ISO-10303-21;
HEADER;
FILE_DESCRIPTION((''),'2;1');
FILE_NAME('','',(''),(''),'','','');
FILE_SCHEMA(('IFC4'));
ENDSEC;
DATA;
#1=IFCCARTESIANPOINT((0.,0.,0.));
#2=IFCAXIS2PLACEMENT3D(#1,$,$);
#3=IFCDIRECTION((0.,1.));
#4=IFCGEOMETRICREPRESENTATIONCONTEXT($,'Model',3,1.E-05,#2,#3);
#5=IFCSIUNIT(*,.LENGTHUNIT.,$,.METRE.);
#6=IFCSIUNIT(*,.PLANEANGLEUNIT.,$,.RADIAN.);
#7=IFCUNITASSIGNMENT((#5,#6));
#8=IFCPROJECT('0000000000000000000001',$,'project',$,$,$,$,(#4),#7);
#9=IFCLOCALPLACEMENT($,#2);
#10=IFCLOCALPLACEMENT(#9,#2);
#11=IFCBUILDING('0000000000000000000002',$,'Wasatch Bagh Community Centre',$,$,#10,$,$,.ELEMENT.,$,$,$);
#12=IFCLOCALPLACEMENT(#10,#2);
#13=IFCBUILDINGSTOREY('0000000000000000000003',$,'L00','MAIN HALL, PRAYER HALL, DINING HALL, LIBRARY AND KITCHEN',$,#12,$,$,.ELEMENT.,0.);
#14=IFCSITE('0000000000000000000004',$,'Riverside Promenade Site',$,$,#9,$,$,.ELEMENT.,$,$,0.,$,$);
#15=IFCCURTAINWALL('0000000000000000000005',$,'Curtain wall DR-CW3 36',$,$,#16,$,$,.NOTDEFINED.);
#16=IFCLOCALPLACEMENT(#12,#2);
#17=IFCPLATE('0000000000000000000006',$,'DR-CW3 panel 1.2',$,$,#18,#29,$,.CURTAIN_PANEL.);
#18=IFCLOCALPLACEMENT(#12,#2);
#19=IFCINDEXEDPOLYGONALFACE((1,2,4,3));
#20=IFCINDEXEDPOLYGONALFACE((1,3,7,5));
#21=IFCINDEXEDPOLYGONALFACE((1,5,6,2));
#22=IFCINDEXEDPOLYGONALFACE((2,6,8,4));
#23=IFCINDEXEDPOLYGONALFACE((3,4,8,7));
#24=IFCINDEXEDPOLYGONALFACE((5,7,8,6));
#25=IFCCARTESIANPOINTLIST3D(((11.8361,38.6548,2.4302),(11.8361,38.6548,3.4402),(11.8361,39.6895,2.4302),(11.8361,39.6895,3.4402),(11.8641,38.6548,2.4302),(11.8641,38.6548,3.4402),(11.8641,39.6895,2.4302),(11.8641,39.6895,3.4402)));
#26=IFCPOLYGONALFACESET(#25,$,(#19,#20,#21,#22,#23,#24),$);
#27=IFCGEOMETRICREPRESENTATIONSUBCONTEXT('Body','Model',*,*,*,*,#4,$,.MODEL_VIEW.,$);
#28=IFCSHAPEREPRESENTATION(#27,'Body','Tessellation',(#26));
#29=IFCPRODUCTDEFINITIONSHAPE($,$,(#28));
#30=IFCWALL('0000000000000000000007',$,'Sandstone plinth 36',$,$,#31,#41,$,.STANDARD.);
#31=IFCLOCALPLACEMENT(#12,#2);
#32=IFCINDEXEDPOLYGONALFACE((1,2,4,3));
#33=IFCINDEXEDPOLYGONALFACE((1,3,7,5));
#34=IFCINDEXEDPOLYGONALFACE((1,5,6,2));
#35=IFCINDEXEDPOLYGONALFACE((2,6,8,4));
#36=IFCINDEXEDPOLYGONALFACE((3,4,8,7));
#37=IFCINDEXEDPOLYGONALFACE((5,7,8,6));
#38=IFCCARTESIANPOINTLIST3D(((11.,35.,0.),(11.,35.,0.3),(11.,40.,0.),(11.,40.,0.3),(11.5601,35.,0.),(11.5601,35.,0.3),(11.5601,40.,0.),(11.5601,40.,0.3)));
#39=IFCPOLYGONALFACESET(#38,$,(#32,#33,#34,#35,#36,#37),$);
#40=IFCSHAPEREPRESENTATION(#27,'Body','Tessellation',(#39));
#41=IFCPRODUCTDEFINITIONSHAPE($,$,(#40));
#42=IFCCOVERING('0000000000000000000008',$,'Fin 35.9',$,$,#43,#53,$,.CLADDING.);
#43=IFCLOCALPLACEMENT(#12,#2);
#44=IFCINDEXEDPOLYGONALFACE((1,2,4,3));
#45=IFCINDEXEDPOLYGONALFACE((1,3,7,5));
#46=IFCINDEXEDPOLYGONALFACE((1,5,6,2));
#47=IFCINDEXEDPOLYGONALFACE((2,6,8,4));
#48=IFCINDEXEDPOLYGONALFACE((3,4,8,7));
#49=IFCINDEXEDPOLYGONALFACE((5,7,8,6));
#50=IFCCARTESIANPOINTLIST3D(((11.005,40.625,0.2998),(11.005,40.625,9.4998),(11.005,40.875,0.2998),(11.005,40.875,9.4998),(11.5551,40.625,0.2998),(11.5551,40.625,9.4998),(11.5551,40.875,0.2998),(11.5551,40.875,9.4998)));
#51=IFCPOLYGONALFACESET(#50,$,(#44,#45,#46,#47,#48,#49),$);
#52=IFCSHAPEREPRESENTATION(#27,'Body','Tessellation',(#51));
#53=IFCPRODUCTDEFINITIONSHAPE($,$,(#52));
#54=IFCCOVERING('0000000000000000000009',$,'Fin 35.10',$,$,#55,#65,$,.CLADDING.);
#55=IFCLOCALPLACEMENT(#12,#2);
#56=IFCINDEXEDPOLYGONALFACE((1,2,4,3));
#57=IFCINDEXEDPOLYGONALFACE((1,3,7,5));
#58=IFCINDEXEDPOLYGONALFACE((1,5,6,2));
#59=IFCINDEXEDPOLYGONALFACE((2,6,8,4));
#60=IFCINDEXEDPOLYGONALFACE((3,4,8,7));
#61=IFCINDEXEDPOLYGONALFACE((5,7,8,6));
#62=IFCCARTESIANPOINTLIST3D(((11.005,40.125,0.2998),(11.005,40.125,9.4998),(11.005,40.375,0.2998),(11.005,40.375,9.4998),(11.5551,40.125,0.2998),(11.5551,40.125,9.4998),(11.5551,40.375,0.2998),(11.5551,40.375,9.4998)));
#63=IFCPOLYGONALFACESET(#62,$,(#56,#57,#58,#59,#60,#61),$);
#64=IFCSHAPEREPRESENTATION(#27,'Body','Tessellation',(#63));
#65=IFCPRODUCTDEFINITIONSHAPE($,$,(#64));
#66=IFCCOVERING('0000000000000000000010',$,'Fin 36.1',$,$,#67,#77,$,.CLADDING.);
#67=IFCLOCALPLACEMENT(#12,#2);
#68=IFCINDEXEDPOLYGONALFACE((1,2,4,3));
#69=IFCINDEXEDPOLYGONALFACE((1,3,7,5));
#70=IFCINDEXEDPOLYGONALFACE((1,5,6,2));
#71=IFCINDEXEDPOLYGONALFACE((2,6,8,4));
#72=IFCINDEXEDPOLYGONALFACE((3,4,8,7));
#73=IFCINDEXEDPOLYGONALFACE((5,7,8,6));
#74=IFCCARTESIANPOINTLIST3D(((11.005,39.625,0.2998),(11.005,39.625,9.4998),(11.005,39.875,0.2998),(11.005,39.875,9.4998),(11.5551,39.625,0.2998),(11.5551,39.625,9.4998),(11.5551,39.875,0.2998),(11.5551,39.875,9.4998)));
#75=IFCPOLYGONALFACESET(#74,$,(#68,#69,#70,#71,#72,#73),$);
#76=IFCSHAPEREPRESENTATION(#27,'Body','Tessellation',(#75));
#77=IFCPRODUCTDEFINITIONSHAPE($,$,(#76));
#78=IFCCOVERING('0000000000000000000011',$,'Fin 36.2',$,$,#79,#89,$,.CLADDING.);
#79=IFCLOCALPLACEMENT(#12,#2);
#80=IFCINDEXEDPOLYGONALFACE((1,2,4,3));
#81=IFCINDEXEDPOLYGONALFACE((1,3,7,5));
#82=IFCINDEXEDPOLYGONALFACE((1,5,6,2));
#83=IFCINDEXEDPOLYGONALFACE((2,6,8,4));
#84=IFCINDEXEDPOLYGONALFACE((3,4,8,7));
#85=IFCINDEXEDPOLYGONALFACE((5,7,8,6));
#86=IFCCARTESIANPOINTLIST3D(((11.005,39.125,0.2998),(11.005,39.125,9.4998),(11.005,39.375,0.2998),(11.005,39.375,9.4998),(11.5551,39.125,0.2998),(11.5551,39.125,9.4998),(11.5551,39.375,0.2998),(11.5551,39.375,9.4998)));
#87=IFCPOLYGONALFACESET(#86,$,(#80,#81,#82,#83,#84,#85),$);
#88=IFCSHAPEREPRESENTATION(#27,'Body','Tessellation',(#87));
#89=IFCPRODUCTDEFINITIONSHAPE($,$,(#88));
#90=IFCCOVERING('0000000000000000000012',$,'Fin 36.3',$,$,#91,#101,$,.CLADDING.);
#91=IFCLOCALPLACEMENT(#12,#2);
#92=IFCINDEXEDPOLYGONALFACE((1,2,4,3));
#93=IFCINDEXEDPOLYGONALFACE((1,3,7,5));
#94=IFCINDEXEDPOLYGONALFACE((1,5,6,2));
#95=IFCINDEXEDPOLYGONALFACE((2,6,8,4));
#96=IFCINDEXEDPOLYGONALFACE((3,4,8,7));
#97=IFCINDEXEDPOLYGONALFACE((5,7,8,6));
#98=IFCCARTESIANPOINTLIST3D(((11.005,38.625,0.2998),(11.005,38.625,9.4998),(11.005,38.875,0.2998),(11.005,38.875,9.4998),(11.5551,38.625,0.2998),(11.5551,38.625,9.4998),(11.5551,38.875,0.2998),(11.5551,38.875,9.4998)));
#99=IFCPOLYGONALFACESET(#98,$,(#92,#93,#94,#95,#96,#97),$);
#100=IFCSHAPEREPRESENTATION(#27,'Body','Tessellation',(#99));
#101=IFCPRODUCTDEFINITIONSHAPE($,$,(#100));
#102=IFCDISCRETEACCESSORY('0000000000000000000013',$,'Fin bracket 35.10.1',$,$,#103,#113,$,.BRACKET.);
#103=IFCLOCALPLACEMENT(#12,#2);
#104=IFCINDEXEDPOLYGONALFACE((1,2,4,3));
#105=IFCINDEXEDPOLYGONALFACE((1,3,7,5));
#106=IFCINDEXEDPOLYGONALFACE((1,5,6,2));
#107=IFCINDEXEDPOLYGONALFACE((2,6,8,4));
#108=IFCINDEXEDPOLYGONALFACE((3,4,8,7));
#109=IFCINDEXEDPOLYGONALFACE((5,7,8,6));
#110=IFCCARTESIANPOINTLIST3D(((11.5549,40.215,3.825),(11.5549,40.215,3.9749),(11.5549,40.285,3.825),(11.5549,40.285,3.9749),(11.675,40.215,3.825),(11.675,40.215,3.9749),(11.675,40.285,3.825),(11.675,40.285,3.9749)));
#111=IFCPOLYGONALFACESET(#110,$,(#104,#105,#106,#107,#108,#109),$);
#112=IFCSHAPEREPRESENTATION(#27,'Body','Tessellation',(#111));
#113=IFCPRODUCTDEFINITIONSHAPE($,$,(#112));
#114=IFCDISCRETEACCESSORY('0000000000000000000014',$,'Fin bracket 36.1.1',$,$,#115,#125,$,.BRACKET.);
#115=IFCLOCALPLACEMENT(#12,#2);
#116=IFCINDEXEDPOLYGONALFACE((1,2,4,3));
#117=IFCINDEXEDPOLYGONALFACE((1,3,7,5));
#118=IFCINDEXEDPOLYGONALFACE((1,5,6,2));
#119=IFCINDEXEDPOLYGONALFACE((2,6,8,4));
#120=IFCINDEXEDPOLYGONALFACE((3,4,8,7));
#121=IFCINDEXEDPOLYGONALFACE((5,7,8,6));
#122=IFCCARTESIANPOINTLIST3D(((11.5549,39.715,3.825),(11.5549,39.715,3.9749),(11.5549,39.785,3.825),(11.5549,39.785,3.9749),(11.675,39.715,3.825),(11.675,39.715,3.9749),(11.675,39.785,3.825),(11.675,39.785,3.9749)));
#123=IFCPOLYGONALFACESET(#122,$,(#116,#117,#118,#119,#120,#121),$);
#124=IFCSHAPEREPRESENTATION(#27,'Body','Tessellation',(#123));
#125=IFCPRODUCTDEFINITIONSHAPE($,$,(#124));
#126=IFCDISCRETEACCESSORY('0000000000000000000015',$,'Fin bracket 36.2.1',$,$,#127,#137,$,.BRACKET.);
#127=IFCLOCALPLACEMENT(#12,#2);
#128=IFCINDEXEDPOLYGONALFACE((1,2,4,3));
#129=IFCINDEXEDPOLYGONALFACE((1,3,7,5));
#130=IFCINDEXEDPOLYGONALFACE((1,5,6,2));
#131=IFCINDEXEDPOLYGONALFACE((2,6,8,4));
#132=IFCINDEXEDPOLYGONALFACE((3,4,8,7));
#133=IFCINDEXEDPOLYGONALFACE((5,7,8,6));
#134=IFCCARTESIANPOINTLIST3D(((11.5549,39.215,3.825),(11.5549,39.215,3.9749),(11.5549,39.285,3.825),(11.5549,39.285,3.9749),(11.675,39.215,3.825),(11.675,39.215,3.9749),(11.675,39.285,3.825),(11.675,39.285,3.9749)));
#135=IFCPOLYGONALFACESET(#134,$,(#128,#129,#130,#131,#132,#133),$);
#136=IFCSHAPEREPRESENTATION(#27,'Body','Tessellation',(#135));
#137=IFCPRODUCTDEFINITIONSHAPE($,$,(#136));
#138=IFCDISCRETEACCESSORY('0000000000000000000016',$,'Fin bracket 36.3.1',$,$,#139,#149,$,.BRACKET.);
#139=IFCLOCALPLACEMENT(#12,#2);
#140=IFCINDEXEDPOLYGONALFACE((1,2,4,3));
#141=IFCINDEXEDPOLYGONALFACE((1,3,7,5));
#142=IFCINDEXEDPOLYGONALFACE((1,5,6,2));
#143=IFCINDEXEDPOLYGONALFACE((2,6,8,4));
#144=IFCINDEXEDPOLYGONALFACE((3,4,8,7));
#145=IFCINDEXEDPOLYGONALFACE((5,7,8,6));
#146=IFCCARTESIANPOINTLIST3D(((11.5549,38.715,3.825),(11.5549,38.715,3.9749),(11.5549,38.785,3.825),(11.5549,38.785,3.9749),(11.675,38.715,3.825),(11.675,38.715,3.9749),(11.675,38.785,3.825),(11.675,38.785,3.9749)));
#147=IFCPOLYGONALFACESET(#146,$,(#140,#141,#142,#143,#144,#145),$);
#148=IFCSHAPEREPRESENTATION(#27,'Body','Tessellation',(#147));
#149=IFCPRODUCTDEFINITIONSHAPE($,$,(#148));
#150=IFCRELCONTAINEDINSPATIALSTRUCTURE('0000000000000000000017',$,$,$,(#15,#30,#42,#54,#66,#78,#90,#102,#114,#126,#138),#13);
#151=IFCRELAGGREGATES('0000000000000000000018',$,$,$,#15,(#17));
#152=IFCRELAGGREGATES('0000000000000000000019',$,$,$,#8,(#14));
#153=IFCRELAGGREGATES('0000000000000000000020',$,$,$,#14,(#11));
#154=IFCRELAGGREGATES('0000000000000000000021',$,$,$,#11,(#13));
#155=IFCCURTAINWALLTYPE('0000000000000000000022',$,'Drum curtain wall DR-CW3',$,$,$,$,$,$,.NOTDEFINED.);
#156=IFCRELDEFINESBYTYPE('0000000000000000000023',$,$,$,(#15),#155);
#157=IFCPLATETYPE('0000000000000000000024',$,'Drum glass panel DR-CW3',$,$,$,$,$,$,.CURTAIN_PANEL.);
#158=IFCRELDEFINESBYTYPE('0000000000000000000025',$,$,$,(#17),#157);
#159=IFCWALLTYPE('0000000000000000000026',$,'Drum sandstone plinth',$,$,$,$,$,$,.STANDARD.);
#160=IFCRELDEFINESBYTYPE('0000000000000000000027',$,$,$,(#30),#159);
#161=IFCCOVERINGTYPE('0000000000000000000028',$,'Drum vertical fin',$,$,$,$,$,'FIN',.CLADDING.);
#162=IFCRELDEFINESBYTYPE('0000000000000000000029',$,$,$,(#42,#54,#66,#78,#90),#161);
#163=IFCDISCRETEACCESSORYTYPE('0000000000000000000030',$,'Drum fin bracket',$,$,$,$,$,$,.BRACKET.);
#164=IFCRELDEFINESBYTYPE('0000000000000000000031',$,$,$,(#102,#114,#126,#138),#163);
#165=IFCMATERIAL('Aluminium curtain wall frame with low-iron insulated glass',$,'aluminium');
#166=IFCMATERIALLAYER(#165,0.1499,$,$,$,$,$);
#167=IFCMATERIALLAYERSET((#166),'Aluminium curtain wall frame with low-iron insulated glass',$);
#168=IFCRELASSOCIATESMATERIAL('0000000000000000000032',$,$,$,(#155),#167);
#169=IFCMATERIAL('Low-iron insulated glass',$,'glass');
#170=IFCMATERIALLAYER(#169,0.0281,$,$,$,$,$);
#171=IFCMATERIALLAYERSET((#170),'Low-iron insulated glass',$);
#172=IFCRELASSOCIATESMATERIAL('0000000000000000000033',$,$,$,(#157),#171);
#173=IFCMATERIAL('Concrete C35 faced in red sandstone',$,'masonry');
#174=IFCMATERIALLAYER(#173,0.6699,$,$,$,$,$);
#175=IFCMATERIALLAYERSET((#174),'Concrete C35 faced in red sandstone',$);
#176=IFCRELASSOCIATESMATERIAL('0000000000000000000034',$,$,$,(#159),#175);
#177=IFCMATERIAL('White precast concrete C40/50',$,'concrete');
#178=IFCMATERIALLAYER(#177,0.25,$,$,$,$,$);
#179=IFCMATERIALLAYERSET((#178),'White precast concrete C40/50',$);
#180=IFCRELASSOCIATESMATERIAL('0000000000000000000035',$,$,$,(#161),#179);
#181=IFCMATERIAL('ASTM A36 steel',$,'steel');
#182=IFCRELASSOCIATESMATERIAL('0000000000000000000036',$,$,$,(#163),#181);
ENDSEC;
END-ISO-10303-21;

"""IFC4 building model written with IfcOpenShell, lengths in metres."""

from ifc_helpers import new_model, si_unit, direction, frame, frame_2d, origin, origin_2d, place, context, subcontext, project, spatial, rectangle, extrude, material, layer, layer_set, type_object, element, aggregate, save


model = new_model("IFC4")

# Units and contexts
model_context = context("Model", 3, precision=1e-05, world=origin(), true_north=direction((0.0, 1.0)))
body_context = subcontext(model_context, "Body", "Model", "MODEL_VIEW")
ifc_project = project(units=[si_unit("LENGTHUNIT", "METRE"), si_unit("PLANEANGLEUNIT", "RADIAN")], contexts=[model_context])

# Site, building, storey
site_placement = place(None, origin())
site = spatial("IfcSite", under=ifc_project, at=site_placement, Name="Riverside Promenade Site", CompositionType="ELEMENT", RefElevation=0.0)
building_placement = place(site_placement, origin())
building = spatial("IfcBuilding", under=site, at=building_placement, Name="Wasatch Bagh Community Centre", CompositionType="ELEMENT")
storey_placement = place(building_placement, origin())
storey = spatial("IfcBuildingStorey", under=building, at=storey_placement, Name="L00", Description="MAIN HALL, PRAYER HALL, DINING HALL, LIBRARY AND KITCHEN", CompositionType="ELEMENT", Elevation=0.0)

# Curtain wall
ifc_material_1 = material(Name="Aluminium curtain wall frame with low-iron insulated glass", Category="aluminium")
ifc_layer_1 = layer(ifc_material_1, 0.1499)
ifc_layer_set_1 = layer_set([ifc_layer_1], Name="Aluminium curtain wall frame with low-iron insulated glass")
curtain_wall_type = type_object("IfcCurtainWallType", Name="Drum curtain wall DR-CW3", PredefinedType="NOTDEFINED", material=ifc_layer_set_1)
curtain_wall_1_placement = place(storey_placement, origin())
curtain_wall_1 = element("IfcCurtainWall", 1, at=curtain_wall_1_placement, inside=storey, type_object=curtain_wall_type, Name="Curtain wall DR-CW3 36", PredefinedType="NOTDEFINED")

# Plate
ifc_material_2 = material(Name="Low-iron insulated glass", Category="glass")
ifc_layer_2 = layer(ifc_material_2, 0.0281)
ifc_layer_set_2 = layer_set([ifc_layer_2], Name="Low-iron insulated glass")
plate_type = type_object("IfcPlateType", Name="Drum glass panel DR-CW3", PredefinedType="CURTAIN_PANEL", material=ifc_layer_set_2)
plate_1_placement = place(storey_placement, frame((11.8501, 39.1721, 2.4302), z_axis=(0.0, 0.0, 1.0), x_axis=(0.0, -1.0, 0.0)))
plate_1 = element("IfcPlate", 2, at=plate_1_placement, type_object=plate_type, Name="DR-CW3 panel 1.2", PredefinedType="CURTAIN_PANEL", context=body_context, shape_type="SweptSolid", body=[
    extrude(rectangle(XDim=1.0347, YDim=0.0281, at=origin_2d()), origin(), (0.0, 0.0, 1.0), 1.01),
])
aggregate(curtain_wall_1, [plate_1])

# Wall
ifc_material_3 = material(Name="Concrete C35 faced in red sandstone", Category="masonry")
ifc_layer_3 = layer(ifc_material_3, 0.6699)
ifc_layer_set_3 = layer_set([ifc_layer_3], Name="Concrete C35 faced in red sandstone")
wall_type = type_object("IfcWallType", Name="Drum sandstone plinth", PredefinedType="STANDARD", material=ifc_layer_set_3)
wall_placement = place(storey_placement, frame((11.28, 40.0, 0.0), z_axis=(0.0, 0.0, 1.0), x_axis=(0.0, -1.0, 0.0)))
element("IfcWall", 3, at=wall_placement, inside=storey, type_object=wall_type, Name="Sandstone plinth 36", PredefinedType="STANDARD", context=body_context, shape_type="SweptSolid", body=[
    extrude(rectangle(XDim=5.0, YDim=0.5601, at=frame_2d((2.5, 0.0))), origin(), (0.0, 0.0, 1.0), 0.3),
])

# Coverings
ifc_material_4 = material(Name="White precast concrete C40/50", Category="concrete")
ifc_layer_4 = layer(ifc_material_4, 0.25)
ifc_layer_set_4 = layer_set([ifc_layer_4], Name="White precast concrete C40/50")
covering_type = type_object("IfcCoveringType", Name="Drum vertical fin", ElementType="FIN", PredefinedType="CLADDING", material=ifc_layer_set_4)
for number, where, z_axis, x_axis, name in (
    (4, (11.28, 40.75, 0.2998), (0.0, 0.0, 1.0), (0.0, -1.0, 0.0), "Fin 35.9"),
    (5, (11.28, 40.25, 0.2998), (0.0, 0.0, 1.0), (0.0, -1.0, 0.0), "Fin 35.10"),
    (6, (11.28, 39.75, 0.2998), (0.0, 0.0, 1.0), (0.0, -1.0, 0.0), "Fin 36.1"),
    (7, (11.28, 39.25, 0.2998), (0.0, 0.0, 1.0), (0.0, -1.0, 0.0), "Fin 36.2"),
    (8, (11.28, 38.75, 0.2998), (0.0, 0.0, 1.0), (0.0, -1.0, 0.0), "Fin 36.3"),
):
    element("IfcCovering", number, at=place(storey_placement, frame(where, z_axis=z_axis, x_axis=x_axis)), inside=storey, type_object=covering_type, Name=name, PredefinedType="CLADDING", context=body_context, shape_type="SweptSolid", body=[
        extrude(rectangle(XDim=0.25, YDim=0.55, at=origin_2d()), origin(), (0.0, 0.0, 1.0), 9.2),
    ])

# Discrete accessories
ifc_material_5 = material(Name="ASTM A36 steel", Category="steel")
discrete_accessory_type = type_object("IfcDiscreteAccessoryType", Name="Drum fin bracket", PredefinedType="BRACKET", material=ifc_material_5)
for number, where, z_axis, x_axis, name in (
    (9, (11.615, 40.25, 3.825), (0.0, 0.0, 1.0), (0.0, -1.0, 0.0), "Fin bracket 35.10.1"),
    (10, (11.615, 39.75, 3.825), (0.0, 0.0, 1.0), (0.0, -1.0, 0.0), "Fin bracket 36.1.1"),
    (11, (11.615, 39.25, 3.825), (0.0, 0.0, 1.0), (0.0, -1.0, 0.0), "Fin bracket 36.2.1"),
    (12, (11.615, 38.75, 3.825), (0.0, 0.0, 1.0), (0.0, -1.0, 0.0), "Fin bracket 36.3.1"),
):
    element("IfcDiscreteAccessory", number, at=place(storey_placement, frame(where, z_axis=z_axis, x_axis=x_axis)), inside=storey, type_object=discrete_accessory_type, Name=name, PredefinedType="BRACKET", context=body_context, shape_type="SweptSolid", body=[
        extrude(rectangle(XDim=0.0701, YDim=0.1201, at=origin_2d()), origin(), (0.0, 0.0, 1.0), 0.1499),
    ])

save(model, "model.ifc")
